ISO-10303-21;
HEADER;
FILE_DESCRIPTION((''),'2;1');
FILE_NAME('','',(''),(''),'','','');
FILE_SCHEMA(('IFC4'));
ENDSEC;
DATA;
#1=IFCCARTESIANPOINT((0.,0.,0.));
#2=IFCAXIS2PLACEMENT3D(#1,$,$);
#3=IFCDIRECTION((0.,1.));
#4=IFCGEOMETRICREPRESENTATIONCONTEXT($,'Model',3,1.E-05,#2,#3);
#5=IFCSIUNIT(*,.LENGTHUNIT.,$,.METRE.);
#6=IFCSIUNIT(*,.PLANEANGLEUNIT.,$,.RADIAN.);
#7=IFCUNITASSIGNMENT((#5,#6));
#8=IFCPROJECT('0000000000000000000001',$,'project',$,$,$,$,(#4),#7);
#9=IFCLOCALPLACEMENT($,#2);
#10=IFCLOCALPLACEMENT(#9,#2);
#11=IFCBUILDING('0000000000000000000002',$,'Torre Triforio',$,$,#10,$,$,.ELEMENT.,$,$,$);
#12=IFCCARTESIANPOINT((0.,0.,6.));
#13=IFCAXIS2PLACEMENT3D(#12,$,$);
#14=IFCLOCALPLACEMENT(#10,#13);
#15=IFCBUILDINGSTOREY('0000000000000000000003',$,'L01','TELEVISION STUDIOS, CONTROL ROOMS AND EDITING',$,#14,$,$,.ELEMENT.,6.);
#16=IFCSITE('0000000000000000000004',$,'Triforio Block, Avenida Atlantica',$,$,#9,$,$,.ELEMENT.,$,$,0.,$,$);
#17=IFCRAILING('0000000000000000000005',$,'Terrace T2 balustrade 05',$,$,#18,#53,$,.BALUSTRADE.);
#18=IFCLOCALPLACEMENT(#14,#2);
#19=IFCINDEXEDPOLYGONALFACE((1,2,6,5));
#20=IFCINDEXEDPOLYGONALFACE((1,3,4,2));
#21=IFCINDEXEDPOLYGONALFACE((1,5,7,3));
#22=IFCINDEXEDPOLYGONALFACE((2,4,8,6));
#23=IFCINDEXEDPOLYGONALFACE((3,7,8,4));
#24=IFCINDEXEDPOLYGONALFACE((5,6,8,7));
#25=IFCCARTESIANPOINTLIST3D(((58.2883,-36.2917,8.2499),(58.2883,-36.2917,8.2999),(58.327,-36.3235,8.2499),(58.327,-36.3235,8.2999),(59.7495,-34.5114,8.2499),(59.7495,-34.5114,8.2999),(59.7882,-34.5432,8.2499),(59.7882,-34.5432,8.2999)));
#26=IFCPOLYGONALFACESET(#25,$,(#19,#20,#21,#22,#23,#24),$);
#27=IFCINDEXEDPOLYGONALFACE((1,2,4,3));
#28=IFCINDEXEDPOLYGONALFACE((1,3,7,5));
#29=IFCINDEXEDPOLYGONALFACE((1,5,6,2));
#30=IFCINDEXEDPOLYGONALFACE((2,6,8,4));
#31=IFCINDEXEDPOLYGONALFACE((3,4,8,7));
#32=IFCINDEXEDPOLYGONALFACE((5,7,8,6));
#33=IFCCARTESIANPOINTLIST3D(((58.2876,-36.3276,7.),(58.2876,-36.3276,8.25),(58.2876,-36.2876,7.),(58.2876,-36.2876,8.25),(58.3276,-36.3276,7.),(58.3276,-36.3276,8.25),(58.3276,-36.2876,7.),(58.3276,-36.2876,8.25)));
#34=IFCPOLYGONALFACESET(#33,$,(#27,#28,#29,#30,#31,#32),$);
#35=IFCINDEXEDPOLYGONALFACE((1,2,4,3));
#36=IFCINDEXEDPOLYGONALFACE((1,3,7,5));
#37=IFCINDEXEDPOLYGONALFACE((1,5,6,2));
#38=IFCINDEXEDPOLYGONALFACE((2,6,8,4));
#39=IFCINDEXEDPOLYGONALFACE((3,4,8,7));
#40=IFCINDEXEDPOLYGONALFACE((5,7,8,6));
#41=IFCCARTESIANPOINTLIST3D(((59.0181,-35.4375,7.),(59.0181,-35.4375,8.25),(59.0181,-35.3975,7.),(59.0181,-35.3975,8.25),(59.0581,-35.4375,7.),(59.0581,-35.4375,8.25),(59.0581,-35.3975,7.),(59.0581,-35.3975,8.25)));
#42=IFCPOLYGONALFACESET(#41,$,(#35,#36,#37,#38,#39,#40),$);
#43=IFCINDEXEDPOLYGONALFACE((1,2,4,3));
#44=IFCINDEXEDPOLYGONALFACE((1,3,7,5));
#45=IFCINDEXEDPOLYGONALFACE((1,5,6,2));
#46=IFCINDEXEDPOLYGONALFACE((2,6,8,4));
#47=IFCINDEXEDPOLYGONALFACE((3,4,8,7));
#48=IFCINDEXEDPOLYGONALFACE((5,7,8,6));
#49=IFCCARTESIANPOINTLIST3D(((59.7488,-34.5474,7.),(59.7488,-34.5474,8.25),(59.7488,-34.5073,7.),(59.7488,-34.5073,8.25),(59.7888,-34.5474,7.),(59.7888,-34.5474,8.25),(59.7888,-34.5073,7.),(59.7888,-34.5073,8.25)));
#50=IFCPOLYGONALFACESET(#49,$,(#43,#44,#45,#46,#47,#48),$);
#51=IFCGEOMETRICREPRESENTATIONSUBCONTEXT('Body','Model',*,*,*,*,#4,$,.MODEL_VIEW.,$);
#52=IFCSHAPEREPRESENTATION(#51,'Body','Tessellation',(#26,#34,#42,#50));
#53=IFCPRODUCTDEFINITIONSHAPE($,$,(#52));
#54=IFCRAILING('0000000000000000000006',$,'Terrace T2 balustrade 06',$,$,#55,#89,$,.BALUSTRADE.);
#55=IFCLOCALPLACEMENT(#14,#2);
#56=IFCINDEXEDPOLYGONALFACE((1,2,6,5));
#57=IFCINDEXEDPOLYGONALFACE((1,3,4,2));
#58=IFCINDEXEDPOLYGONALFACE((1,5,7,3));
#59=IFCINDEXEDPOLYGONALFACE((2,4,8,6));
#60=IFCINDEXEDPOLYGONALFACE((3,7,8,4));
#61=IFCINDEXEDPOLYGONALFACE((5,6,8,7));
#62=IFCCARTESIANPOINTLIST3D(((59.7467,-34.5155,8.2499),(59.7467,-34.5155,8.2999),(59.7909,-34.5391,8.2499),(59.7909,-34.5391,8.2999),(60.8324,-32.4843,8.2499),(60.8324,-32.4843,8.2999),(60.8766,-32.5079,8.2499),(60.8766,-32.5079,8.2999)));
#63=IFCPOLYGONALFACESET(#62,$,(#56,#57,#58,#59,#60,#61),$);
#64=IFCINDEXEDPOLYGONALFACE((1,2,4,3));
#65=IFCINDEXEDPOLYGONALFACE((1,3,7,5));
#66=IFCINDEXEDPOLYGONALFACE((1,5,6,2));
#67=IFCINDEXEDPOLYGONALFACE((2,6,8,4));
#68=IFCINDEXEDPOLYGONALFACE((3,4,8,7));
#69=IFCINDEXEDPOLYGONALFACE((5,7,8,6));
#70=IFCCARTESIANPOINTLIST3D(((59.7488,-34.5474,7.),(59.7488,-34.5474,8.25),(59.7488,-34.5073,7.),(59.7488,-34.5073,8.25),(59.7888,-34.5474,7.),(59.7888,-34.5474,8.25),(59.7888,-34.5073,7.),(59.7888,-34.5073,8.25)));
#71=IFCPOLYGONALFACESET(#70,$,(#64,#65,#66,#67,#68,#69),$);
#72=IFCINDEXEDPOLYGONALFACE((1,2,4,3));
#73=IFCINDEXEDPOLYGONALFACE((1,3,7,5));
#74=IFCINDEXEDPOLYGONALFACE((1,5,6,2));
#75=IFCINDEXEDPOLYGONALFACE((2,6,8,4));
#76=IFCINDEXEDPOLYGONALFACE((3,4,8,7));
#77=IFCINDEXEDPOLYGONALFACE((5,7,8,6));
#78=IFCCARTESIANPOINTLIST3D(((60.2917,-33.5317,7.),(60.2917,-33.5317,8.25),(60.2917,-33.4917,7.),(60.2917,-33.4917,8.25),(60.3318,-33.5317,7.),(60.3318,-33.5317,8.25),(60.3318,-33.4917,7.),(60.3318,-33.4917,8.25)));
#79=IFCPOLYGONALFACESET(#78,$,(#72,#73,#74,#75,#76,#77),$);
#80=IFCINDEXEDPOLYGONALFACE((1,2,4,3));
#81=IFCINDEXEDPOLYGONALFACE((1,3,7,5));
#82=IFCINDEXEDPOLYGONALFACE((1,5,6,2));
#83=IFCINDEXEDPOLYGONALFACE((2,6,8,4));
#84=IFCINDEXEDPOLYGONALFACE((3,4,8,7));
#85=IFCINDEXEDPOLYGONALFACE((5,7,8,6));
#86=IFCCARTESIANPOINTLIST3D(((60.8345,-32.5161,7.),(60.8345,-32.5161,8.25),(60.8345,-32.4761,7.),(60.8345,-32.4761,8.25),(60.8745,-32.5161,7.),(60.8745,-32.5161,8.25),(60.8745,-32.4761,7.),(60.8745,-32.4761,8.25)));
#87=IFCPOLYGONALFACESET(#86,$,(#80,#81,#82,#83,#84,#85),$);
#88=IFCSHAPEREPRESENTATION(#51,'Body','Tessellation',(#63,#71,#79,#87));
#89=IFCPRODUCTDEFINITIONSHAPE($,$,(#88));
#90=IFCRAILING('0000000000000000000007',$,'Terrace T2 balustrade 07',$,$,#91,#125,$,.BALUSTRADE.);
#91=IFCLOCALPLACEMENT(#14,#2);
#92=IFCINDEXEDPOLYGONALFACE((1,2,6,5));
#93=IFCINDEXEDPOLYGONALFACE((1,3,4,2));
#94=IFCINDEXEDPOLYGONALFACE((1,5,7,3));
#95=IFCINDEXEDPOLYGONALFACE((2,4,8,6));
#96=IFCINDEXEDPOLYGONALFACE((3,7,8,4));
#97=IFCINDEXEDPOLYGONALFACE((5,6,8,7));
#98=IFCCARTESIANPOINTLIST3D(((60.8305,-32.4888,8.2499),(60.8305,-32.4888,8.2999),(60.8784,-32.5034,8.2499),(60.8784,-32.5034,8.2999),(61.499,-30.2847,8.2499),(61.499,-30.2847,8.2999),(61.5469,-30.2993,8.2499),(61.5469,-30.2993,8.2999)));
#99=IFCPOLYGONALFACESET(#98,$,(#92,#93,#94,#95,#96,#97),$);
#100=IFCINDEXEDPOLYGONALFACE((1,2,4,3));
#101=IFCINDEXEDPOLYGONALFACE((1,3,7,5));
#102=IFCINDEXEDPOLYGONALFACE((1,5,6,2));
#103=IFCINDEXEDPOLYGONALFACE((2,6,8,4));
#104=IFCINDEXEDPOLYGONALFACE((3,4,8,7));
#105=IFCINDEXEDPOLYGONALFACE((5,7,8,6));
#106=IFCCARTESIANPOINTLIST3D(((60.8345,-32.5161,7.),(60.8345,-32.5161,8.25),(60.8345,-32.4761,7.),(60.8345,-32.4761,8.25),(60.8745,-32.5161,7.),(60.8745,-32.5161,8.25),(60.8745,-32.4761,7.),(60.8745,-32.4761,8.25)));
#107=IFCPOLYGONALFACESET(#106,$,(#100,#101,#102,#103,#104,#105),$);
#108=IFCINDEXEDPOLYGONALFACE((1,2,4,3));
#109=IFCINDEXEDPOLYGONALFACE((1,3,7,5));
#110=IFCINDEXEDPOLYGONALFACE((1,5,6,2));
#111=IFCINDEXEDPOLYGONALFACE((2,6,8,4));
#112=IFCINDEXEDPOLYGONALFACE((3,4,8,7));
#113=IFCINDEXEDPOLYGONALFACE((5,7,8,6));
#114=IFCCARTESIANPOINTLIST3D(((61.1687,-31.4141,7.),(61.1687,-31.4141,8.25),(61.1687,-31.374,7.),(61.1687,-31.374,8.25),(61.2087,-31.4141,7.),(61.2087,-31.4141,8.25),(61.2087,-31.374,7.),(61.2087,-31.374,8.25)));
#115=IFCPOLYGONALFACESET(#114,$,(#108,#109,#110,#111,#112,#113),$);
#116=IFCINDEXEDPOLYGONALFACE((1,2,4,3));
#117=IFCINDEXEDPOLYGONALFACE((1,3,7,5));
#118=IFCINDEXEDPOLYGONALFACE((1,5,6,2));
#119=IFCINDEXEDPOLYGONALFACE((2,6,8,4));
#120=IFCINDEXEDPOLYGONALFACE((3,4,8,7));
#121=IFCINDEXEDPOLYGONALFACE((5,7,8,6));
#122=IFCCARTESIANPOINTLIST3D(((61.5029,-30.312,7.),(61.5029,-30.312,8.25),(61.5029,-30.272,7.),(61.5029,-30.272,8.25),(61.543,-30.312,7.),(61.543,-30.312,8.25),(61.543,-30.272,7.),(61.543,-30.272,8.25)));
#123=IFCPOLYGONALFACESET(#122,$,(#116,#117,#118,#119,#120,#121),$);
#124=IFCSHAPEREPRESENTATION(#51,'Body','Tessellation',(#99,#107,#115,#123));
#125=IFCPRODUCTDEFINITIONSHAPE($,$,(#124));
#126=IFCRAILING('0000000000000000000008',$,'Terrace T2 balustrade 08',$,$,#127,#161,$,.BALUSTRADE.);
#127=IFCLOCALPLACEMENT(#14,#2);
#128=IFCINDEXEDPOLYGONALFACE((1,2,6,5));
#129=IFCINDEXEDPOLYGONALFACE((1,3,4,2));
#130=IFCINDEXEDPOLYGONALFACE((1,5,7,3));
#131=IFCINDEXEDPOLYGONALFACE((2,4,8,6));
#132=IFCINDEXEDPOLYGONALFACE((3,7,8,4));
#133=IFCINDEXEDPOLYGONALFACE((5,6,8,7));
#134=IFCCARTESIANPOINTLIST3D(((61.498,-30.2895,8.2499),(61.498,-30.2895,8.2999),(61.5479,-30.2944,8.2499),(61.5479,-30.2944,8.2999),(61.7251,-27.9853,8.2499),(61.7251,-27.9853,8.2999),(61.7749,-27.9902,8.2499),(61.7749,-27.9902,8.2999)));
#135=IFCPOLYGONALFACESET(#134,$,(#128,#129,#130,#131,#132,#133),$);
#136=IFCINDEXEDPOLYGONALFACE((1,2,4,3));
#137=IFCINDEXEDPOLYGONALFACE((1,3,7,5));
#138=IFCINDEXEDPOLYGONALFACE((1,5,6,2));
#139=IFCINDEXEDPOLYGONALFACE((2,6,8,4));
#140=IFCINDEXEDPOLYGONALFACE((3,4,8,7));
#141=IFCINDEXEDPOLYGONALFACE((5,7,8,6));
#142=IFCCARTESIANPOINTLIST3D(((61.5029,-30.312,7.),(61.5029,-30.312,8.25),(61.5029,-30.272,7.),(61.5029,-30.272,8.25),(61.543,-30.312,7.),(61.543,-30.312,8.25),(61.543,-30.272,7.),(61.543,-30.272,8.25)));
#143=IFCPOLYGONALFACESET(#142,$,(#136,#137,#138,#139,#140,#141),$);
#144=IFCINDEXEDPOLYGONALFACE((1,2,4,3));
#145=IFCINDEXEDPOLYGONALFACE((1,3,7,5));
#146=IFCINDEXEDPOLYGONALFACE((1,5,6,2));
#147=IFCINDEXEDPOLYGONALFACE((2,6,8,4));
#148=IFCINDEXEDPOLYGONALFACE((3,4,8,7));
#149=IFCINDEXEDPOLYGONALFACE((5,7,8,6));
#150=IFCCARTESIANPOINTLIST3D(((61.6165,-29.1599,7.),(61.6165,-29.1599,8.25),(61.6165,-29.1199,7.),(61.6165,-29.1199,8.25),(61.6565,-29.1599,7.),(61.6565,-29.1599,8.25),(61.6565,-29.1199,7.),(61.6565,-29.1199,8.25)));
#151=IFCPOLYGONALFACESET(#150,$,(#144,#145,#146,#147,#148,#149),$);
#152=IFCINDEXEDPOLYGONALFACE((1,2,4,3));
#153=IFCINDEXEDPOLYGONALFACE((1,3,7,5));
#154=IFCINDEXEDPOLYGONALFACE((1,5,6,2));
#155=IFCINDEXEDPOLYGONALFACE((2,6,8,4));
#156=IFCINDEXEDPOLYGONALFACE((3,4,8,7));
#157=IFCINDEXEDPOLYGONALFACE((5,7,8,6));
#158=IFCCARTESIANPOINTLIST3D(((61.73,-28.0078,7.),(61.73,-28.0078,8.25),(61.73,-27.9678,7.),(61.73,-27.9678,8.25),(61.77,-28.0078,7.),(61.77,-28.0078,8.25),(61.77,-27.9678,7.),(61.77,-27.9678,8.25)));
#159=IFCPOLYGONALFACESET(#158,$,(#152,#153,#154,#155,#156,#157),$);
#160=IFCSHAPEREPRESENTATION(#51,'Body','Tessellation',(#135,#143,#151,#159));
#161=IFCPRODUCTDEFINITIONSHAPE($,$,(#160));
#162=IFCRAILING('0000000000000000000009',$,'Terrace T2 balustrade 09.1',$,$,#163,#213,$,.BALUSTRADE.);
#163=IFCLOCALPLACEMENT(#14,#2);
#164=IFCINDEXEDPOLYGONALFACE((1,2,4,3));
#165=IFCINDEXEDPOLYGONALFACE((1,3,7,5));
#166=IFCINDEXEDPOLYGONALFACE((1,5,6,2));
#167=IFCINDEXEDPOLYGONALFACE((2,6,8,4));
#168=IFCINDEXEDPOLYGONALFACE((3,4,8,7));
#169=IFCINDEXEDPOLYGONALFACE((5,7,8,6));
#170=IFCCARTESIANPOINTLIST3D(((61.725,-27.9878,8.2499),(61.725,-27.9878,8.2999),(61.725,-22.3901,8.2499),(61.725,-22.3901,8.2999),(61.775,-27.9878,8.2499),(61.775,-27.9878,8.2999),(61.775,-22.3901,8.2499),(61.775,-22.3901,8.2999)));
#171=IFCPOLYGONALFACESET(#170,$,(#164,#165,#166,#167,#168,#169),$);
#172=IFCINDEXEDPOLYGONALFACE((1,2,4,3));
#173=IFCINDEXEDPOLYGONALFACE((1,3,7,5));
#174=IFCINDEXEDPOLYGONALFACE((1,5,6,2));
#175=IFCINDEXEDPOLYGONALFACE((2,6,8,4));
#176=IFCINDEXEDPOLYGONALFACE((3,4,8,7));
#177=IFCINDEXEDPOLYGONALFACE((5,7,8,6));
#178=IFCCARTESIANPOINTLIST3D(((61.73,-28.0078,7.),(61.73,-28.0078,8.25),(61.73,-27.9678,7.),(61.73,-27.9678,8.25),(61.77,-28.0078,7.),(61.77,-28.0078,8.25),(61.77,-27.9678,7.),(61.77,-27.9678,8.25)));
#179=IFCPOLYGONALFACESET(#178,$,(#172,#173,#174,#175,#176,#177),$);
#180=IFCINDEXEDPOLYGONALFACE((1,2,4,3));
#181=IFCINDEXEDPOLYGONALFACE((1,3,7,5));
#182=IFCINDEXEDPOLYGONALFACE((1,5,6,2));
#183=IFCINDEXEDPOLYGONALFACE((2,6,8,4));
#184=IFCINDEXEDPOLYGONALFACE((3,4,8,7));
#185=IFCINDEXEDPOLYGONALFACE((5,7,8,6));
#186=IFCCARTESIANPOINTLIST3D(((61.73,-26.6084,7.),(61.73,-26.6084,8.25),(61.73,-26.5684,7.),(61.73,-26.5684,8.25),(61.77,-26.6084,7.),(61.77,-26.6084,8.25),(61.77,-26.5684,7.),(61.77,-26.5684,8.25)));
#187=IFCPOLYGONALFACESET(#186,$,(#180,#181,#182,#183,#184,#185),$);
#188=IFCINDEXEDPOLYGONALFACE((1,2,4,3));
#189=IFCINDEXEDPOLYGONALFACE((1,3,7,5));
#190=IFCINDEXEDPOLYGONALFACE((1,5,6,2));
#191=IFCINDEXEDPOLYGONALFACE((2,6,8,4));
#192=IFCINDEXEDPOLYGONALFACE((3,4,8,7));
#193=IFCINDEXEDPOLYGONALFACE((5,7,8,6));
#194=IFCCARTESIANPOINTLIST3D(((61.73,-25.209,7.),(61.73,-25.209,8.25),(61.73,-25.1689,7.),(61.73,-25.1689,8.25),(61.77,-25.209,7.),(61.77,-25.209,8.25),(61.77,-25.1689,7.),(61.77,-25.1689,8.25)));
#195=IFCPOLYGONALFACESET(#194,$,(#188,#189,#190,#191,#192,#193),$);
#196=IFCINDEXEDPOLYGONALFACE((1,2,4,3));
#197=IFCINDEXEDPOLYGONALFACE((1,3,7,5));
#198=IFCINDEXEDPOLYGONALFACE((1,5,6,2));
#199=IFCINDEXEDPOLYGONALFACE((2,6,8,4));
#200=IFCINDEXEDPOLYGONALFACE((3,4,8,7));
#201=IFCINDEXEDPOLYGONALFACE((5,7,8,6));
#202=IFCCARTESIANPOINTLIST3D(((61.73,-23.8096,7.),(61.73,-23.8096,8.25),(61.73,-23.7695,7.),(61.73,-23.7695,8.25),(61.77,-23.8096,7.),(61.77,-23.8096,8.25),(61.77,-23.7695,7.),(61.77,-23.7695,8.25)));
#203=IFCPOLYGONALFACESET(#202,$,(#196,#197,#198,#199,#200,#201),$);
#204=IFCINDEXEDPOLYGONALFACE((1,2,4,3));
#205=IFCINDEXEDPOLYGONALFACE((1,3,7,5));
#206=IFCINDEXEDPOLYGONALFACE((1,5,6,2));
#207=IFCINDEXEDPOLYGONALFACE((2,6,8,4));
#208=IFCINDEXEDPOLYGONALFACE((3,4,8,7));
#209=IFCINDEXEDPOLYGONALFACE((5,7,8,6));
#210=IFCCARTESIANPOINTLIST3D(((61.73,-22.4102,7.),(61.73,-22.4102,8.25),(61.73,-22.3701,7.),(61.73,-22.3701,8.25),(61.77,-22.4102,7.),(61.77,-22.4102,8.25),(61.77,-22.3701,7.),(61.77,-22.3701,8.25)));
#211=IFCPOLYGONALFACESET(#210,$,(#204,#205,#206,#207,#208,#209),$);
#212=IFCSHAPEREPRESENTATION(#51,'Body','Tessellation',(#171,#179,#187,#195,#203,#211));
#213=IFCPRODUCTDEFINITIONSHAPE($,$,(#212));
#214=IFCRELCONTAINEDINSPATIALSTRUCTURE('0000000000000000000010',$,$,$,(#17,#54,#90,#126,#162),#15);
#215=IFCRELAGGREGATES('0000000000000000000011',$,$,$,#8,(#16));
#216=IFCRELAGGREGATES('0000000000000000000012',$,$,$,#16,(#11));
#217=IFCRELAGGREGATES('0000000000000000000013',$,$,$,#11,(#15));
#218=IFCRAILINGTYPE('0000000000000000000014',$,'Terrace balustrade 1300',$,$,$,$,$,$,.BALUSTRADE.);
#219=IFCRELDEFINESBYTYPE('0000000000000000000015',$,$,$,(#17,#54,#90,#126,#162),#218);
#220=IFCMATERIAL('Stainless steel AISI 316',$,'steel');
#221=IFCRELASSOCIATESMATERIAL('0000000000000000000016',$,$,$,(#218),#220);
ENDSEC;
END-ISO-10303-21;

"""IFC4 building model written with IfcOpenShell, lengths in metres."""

from ifc_helpers import new_model, si_unit, direction, frame, origin, origin_2d, place, context, subcontext, project, spatial, rectangle, extrude, material, type_object, element, save


model = new_model("IFC4")

# Units and contexts
model_context = context("Model", 3, precision=1e-05, world=origin(), true_north=direction((0.0, 1.0)))
body_context = subcontext(model_context, "Body", "Model", "MODEL_VIEW")
ifc_project = project(units=[si_unit("LENGTHUNIT", "METRE"), si_unit("PLANEANGLEUNIT", "RADIAN")], contexts=[model_context])

# Site, building, storey
site_placement = place(None, origin())
site = spatial("IfcSite", under=ifc_project, at=site_placement, Name="Triforio Block, Avenida Atlantica", CompositionType="ELEMENT", RefElevation=0.0)
building_placement = place(site_placement, origin())
building = spatial("IfcBuilding", under=site, at=building_placement, Name="Torre Triforio", CompositionType="ELEMENT")
storey_placement = place(building_placement, frame((0.0, 0.0, 6.0)))
storey = spatial("IfcBuildingStorey", under=building, at=storey_placement, Name="L01", Description="TELEVISION STUDIOS, CONTROL ROOMS AND EDITING", CompositionType="ELEMENT", Elevation=6.0)

# Railings
ifc_material_1 = material(Name="Stainless steel AISI 316", Category="steel")
railing_type = type_object("IfcRailingType", Name="Terrace balustrade 1300", PredefinedType="BALUSTRADE", material=ifc_material_1)
railing_1_placement = place(storey_placement, frame((58.3076, -36.3076, 7.0)))
element("IfcRailing", 1, at=railing_1_placement, inside=storey, type_object=railing_type, Name="Terrace T2 balustrade 05", PredefinedType="BALUSTRADE", context=body_context, shape_type="SweptSolid", body=[
    extrude(rectangle(XDim=0.05, YDim=0.05, at=origin_2d()), frame((0.0, 0.0, 1.2749), z_axis=(0.634432, 0.772979, 0.0), x_axis=(-0.772979, 0.634432, 0.0)), (0.0, 0.0, 1.0), 2.3032),
    extrude(rectangle(XDim=0.04, YDim=0.04, at=origin_2d()), origin(), (0.0, 0.0, 1.0), 1.25),
    extrude(rectangle(XDim=0.04, YDim=0.04, at=origin_2d()), frame((0.7305, 0.8901, 0.0)), (0.0, 0.0, 1.0), 1.25),
    extrude(rectangle(XDim=0.04, YDim=0.04, at=origin_2d()), frame((1.4612, 1.7803, 0.0)), (0.0, 0.0, 1.0), 1.25),
])
railing_2_placement = place(storey_placement, frame((59.7688, -34.5273, 7.0)))
element("IfcRailing", 2, at=railing_2_placement, inside=storey, type_object=railing_type, Name="Terrace T2 balustrade 06", PredefinedType="BALUSTRADE", context=body_context, shape_type="SweptSolid", body=[
    extrude(rectangle(XDim=0.05, YDim=0.05, at=origin_2d()), frame((0.0, 0.0, 1.2749), z_axis=(0.471386, 0.881927, 0.0), x_axis=(-0.881927, 0.471386, 0.0)), (0.0, 0.0, 1.0), 2.3032),
    extrude(rectangle(XDim=0.04, YDim=0.04, at=origin_2d()), origin(), (0.0, 0.0, 1.0), 1.25),
    extrude(rectangle(XDim=0.04, YDim=0.04, at=origin_2d()), frame((0.543, 1.0156, 0.0)), (0.0, 0.0, 1.0), 1.25),
    extrude(rectangle(XDim=0.04, YDim=0.04, at=origin_2d()), frame((1.0857, 2.0312, 0.0)), (0.0, 0.0, 1.0), 1.25),
])
railing_3_placement = place(storey_placement, frame((60.8545, -32.4961, 7.0)))
element("IfcRailing", 3, at=railing_3_placement, inside=storey, type_object=railing_type, Name="Terrace T2 balustrade 07", PredefinedType="BALUSTRADE", context=body_context, shape_type="SweptSolid", body=[
    extrude(rectangle(XDim=0.05, YDim=0.05, at=origin_2d()), frame((0.0, 0.0, 1.2749), z_axis=(0.290225, 0.956958, 0.0), x_axis=(-0.956958, 0.290225, 0.0)), (0.0, 0.0, 1.0), 2.3032),
    extrude(rectangle(XDim=0.04, YDim=0.04, at=origin_2d()), origin(), (0.0, 0.0, 1.0), 1.25),
    extrude(rectangle(XDim=0.04, YDim=0.04, at=origin_2d()), frame((0.3342, 1.1021, 0.0)), (0.0, 0.0, 1.0), 1.25),
    extrude(rectangle(XDim=0.04, YDim=0.04, at=origin_2d()), frame((0.6685, 2.2041, 0.0)), (0.0, 0.0, 1.0), 1.25),
])
railing_4_placement = place(storey_placement, frame((61.5229, -30.292, 7.0)))
element("IfcRailing", 4, at=railing_4_placement, inside=storey, type_object=railing_type, Name="Terrace T2 balustrade 08", PredefinedType="BALUSTRADE", context=body_context, shape_type="SweptSolid", body=[
    extrude(rectangle(XDim=0.05, YDim=0.05, at=origin_2d()), frame((0.0, 0.0, 1.2749), z_axis=(0.098063, 0.99518, 0.0), x_axis=(-0.99518, 0.098063, 0.0)), (0.0, 0.0, 1.0), 2.3154),
    extrude(rectangle(XDim=0.04, YDim=0.04, at=origin_2d()), origin(), (0.0, 0.0, 1.0), 1.25),
    extrude(rectangle(XDim=0.04, YDim=0.04, at=origin_2d()), frame((0.1135, 1.1521, 0.0)), (0.0, 0.0, 1.0), 1.25),
    extrude(rectangle(XDim=0.04, YDim=0.04, at=origin_2d()), frame((0.2271, 2.3042, 0.0)), (0.0, 0.0, 1.0), 1.25),
])
for number, where, name in (
    (5, (61.75, -27.9878, 7.0), "Terrace T2 balustrade 09.1"),
):
    element("IfcRailing", number, at=place(storey_placement, frame(where)), inside=storey, type_object=railing_type, Name=name, PredefinedType="BALUSTRADE", context=body_context, shape_type="SweptSolid", body=[
        extrude(rectangle(XDim=0.05, YDim=0.05, at=origin_2d()), frame((0.0, 0.0, 1.2749), z_axis=(0.0, 1.0, 0.0), x_axis=(-1.0, 0.0, 0.0)), (0.0, 0.0, 1.0), 5.5977),
        extrude(rectangle(XDim=0.04, YDim=0.04, at=origin_2d()), origin(), (0.0, 0.0, 1.0), 1.25),
        extrude(rectangle(XDim=0.04, YDim=0.04, at=origin_2d()), frame((0.0, 1.3994, 0.0)), (0.0, 0.0, 1.0), 1.25),
        extrude(rectangle(XDim=0.04, YDim=0.04, at=origin_2d()), frame((0.0, 2.7988, 0.0)), (0.0, 0.0, 1.0), 1.25),
        extrude(rectangle(XDim=0.04, YDim=0.04, at=origin_2d()), frame((0.0, 4.1982, 0.0)), (0.0, 0.0, 1.0), 1.25),
        extrude(rectangle(XDim=0.04, YDim=0.04, at=origin_2d()), frame((0.0, 5.5977, 0.0)), (0.0, 0.0, 1.0), 1.25),
    ])

save(model, "model.ifc")
